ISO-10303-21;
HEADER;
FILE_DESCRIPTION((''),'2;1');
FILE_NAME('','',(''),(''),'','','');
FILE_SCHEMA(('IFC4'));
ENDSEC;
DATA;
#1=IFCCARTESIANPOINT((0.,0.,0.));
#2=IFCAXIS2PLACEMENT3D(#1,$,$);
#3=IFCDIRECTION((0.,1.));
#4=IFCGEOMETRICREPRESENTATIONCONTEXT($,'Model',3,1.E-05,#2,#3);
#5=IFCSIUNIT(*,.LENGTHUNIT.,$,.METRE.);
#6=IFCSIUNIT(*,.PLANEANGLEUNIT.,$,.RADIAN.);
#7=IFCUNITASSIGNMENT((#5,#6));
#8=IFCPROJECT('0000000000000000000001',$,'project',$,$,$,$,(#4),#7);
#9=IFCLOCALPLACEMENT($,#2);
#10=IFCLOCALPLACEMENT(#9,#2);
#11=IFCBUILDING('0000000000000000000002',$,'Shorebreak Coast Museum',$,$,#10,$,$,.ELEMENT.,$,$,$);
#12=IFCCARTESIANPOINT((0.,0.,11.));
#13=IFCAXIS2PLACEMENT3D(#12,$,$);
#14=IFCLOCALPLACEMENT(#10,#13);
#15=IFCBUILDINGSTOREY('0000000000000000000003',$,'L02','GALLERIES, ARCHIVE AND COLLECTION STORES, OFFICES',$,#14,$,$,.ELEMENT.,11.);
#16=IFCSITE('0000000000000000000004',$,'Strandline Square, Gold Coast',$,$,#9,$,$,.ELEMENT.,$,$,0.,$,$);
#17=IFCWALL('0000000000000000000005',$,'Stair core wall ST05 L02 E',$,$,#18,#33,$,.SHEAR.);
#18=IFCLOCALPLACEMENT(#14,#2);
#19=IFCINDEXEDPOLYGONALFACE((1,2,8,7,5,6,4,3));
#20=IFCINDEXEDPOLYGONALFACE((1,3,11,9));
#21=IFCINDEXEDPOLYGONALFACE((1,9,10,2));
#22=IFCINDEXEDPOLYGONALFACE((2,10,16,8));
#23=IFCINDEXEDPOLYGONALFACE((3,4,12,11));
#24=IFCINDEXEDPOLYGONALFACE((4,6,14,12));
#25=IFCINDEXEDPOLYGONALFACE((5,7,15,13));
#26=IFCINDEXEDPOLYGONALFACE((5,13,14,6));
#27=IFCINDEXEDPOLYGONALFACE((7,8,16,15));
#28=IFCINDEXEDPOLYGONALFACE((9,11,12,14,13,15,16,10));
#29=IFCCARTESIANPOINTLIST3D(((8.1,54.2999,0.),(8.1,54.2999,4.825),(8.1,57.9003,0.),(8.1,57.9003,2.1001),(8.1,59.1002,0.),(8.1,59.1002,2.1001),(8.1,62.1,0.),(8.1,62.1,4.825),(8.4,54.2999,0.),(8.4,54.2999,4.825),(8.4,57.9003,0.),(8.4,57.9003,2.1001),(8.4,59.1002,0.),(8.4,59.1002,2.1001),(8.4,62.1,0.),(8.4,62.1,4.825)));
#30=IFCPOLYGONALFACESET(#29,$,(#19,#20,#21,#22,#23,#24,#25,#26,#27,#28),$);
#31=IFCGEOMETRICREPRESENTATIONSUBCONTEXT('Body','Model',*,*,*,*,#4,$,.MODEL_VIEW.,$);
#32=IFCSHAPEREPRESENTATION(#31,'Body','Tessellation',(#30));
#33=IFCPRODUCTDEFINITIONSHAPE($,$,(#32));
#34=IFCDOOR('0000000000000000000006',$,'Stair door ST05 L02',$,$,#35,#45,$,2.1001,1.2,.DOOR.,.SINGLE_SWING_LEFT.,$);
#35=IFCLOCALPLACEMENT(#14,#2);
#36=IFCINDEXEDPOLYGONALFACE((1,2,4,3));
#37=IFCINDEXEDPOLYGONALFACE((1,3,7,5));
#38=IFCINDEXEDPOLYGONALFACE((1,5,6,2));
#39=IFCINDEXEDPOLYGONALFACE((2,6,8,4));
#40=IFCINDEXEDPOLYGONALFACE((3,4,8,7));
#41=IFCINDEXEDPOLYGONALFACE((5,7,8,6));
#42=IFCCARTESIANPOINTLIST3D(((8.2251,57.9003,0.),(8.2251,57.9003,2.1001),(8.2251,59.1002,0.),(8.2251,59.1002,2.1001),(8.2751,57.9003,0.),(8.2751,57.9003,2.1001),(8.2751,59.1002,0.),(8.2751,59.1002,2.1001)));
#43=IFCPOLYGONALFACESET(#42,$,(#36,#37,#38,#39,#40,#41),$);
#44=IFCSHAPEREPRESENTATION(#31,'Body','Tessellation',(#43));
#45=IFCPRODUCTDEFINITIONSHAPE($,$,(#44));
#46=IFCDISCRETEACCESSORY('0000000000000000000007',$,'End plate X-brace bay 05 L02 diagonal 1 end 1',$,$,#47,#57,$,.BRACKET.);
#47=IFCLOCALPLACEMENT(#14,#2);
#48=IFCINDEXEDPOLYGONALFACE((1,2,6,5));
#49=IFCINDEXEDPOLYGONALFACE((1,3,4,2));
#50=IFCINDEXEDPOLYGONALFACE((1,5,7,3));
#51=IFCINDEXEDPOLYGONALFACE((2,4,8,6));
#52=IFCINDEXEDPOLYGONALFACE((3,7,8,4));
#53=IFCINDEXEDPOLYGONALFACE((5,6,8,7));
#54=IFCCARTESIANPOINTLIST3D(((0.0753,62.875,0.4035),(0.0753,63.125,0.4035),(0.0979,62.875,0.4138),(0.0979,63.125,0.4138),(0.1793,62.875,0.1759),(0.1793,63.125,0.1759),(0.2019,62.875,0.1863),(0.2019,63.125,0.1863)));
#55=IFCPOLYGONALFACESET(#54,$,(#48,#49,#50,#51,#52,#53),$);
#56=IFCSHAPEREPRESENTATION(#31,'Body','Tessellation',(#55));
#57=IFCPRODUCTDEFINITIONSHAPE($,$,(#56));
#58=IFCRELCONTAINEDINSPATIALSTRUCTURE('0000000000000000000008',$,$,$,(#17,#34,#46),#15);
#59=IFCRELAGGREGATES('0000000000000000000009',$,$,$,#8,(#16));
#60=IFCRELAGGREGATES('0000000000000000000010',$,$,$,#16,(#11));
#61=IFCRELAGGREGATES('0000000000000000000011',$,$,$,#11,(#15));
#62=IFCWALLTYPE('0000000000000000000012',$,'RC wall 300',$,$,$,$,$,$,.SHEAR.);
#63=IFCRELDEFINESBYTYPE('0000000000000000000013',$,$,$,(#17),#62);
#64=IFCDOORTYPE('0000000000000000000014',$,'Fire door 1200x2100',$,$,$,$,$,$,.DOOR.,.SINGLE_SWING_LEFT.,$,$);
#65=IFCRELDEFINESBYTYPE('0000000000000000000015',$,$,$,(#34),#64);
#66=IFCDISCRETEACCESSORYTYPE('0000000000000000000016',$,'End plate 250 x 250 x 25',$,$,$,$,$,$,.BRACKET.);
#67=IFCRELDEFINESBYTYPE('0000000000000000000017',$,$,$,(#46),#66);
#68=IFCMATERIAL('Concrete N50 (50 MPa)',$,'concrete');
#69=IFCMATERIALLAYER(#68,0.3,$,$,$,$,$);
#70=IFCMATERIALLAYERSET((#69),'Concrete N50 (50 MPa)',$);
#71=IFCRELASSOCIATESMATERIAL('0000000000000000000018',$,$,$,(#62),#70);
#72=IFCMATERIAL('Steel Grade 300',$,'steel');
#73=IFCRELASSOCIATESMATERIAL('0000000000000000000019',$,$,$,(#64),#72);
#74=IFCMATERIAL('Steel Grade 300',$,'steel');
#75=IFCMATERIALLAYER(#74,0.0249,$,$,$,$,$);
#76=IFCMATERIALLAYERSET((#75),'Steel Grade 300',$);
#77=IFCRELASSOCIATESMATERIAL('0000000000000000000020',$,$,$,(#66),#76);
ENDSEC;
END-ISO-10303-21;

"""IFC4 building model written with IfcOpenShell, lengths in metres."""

from ifc_helpers import new_model, si_unit, direction, frame, frame_2d, origin, place, context, subcontext, project, spatial, polyline, rectangle, outline, extrude, material, layer, layer_set, type_object, element, fill, save


model = new_model("IFC4")

# Units and contexts
model_context = context("Model", 3, precision=1e-05, world=origin(), true_north=direction((0.0, 1.0)))
body_context = subcontext(model_context, "Body", "Model", "MODEL_VIEW")
ifc_project = project(units=[si_unit("LENGTHUNIT", "METRE"), si_unit("PLANEANGLEUNIT", "RADIAN")], contexts=[model_context])

# Site, building, storey
site_placement = place(None, origin())
site = spatial("IfcSite", under=ifc_project, at=site_placement, Name="Strandline Square, Gold Coast", CompositionType="ELEMENT", RefElevation=0.0)
building_placement = place(site_placement, origin())
building = spatial("IfcBuilding", under=site, at=building_placement, Name="Shorebreak Coast Museum", CompositionType="ELEMENT")
storey_placement = place(building_placement, frame((0.0, 0.0, 11.0)))
storey = spatial("IfcBuildingStorey", under=building, at=storey_placement, Name="L02", Description="GALLERIES, ARCHIVE AND COLLECTION STORES, OFFICES", CompositionType="ELEMENT", Elevation=11.0)

# Shared definitions
ifc_material_1 = material(Name="Concrete N50 (50 MPa)", Category="concrete")
ifc_layer_1 = layer(ifc_material_1, 0.3)
ifc_layer_set_1 = layer_set([ifc_layer_1], Name="Concrete N50 (50 MPa)")
wall_type_1 = type_object("IfcWallType", Name="RC wall 300", PredefinedType="SHEAR", material=ifc_layer_set_1)

# Wall, opening, door
wall_1_placement = place(storey_placement, frame((8.25, 54.3, 0.0), z_axis=(0.0, 0.0, 1.0), x_axis=(0.0, 1.0, 0.0)))
wall_1 = element("IfcWall", 1, at=wall_1_placement, inside=storey, type_object=wall_type_1, Name="Stair core wall ST05 L02 E", PredefinedType="SHEAR", context=body_context, shape_type="SweptSolid", body=[
    extrude(rectangle(XDim=7.8, YDim=0.3, at=frame_2d((3.8999, 0.0))), origin(), (0.0, 0.0, 1.0), 4.825),
])
opening_1_placement = place(wall_1_placement, frame((3.6001, 0.0, 0.0)))
opening_1 = element("IfcOpeningElement", 2, at=opening_1_placement, cuts=wall_1, PredefinedType="OPENING", context=body_context, shape_type="SweptSolid", body=[
    extrude(rectangle(XDim=1.2, YDim=2.1001, at=frame_2d((0.6001, 1.05))), frame((0.0, 0.1599, 0.0), z_axis=(0.0, -1.0, 0.0), x_axis=(1.0, 0.0, 0.0)), (0.0, 0.0, 1.0), 0.3201),
])
ifc_material_2 = material(Name="Steel Grade 300", Category="steel")
door_type_1 = type_object("IfcDoorType", Name="Fire door 1200x2100", OperationType="SINGLE_SWING_LEFT", PredefinedType="DOOR", material=ifc_material_2)
door_1_placement = place(opening_1_placement, origin())
door_1 = element("IfcDoor", 3, at=door_1_placement, inside=storey, type_object=door_type_1, Name="Stair door ST05 L02", OperationType="SINGLE_SWING_LEFT", OverallHeight=2.1001, OverallWidth=1.2, PredefinedType="DOOR", context=body_context, shape_type="SweptSolid", body=[
    extrude(rectangle(XDim=1.2, YDim=2.1001, at=frame_2d((0.6001, 1.05))), frame((0.0, 0.0249, 0.0), z_axis=(0.0, -1.0, 0.0), x_axis=(1.0, 0.0, 0.0)), (0.0, 0.0, 1.0), 0.05),
])
fill(opening_1, door_1)

# Discrete accessory
ifc_material_3 = material(Name="Steel Grade 300", Category="steel")
ifc_layer_2 = layer(ifc_material_3, 0.0249)
ifc_layer_set_2 = layer_set([ifc_layer_2], Name="Steel Grade 300")
discrete_accessory_type = type_object("IfcDiscreteAccessoryType", Name="End plate 250 x 250 x 25", PredefinedType="BRACKET", material=ifc_layer_set_2)
discrete_accessory_placement = place(storey_placement, frame((0.2019, 62.875, 0.1863), z_axis=(0.909496, 0.0, 0.415714), x_axis=(0.0, 1.0, 0.0)))
element("IfcDiscreteAccessory", 4, at=discrete_accessory_placement, inside=storey, type_object=discrete_accessory_type, Name="End plate X-brace bay 05 L02 diagonal 1 end 1", PredefinedType="BRACKET", context=body_context, shape_type="SweptSolid", body=[
    extrude(outline(polyline([(0.0, 0.0), (0.25, 0.0), (0.25, 0.2502), (0.0, 0.2502), (0.0, 0.0)])), origin(), (0.0, 0.0, -1.0), 0.0249),
])

save(model, "model.ifc")
